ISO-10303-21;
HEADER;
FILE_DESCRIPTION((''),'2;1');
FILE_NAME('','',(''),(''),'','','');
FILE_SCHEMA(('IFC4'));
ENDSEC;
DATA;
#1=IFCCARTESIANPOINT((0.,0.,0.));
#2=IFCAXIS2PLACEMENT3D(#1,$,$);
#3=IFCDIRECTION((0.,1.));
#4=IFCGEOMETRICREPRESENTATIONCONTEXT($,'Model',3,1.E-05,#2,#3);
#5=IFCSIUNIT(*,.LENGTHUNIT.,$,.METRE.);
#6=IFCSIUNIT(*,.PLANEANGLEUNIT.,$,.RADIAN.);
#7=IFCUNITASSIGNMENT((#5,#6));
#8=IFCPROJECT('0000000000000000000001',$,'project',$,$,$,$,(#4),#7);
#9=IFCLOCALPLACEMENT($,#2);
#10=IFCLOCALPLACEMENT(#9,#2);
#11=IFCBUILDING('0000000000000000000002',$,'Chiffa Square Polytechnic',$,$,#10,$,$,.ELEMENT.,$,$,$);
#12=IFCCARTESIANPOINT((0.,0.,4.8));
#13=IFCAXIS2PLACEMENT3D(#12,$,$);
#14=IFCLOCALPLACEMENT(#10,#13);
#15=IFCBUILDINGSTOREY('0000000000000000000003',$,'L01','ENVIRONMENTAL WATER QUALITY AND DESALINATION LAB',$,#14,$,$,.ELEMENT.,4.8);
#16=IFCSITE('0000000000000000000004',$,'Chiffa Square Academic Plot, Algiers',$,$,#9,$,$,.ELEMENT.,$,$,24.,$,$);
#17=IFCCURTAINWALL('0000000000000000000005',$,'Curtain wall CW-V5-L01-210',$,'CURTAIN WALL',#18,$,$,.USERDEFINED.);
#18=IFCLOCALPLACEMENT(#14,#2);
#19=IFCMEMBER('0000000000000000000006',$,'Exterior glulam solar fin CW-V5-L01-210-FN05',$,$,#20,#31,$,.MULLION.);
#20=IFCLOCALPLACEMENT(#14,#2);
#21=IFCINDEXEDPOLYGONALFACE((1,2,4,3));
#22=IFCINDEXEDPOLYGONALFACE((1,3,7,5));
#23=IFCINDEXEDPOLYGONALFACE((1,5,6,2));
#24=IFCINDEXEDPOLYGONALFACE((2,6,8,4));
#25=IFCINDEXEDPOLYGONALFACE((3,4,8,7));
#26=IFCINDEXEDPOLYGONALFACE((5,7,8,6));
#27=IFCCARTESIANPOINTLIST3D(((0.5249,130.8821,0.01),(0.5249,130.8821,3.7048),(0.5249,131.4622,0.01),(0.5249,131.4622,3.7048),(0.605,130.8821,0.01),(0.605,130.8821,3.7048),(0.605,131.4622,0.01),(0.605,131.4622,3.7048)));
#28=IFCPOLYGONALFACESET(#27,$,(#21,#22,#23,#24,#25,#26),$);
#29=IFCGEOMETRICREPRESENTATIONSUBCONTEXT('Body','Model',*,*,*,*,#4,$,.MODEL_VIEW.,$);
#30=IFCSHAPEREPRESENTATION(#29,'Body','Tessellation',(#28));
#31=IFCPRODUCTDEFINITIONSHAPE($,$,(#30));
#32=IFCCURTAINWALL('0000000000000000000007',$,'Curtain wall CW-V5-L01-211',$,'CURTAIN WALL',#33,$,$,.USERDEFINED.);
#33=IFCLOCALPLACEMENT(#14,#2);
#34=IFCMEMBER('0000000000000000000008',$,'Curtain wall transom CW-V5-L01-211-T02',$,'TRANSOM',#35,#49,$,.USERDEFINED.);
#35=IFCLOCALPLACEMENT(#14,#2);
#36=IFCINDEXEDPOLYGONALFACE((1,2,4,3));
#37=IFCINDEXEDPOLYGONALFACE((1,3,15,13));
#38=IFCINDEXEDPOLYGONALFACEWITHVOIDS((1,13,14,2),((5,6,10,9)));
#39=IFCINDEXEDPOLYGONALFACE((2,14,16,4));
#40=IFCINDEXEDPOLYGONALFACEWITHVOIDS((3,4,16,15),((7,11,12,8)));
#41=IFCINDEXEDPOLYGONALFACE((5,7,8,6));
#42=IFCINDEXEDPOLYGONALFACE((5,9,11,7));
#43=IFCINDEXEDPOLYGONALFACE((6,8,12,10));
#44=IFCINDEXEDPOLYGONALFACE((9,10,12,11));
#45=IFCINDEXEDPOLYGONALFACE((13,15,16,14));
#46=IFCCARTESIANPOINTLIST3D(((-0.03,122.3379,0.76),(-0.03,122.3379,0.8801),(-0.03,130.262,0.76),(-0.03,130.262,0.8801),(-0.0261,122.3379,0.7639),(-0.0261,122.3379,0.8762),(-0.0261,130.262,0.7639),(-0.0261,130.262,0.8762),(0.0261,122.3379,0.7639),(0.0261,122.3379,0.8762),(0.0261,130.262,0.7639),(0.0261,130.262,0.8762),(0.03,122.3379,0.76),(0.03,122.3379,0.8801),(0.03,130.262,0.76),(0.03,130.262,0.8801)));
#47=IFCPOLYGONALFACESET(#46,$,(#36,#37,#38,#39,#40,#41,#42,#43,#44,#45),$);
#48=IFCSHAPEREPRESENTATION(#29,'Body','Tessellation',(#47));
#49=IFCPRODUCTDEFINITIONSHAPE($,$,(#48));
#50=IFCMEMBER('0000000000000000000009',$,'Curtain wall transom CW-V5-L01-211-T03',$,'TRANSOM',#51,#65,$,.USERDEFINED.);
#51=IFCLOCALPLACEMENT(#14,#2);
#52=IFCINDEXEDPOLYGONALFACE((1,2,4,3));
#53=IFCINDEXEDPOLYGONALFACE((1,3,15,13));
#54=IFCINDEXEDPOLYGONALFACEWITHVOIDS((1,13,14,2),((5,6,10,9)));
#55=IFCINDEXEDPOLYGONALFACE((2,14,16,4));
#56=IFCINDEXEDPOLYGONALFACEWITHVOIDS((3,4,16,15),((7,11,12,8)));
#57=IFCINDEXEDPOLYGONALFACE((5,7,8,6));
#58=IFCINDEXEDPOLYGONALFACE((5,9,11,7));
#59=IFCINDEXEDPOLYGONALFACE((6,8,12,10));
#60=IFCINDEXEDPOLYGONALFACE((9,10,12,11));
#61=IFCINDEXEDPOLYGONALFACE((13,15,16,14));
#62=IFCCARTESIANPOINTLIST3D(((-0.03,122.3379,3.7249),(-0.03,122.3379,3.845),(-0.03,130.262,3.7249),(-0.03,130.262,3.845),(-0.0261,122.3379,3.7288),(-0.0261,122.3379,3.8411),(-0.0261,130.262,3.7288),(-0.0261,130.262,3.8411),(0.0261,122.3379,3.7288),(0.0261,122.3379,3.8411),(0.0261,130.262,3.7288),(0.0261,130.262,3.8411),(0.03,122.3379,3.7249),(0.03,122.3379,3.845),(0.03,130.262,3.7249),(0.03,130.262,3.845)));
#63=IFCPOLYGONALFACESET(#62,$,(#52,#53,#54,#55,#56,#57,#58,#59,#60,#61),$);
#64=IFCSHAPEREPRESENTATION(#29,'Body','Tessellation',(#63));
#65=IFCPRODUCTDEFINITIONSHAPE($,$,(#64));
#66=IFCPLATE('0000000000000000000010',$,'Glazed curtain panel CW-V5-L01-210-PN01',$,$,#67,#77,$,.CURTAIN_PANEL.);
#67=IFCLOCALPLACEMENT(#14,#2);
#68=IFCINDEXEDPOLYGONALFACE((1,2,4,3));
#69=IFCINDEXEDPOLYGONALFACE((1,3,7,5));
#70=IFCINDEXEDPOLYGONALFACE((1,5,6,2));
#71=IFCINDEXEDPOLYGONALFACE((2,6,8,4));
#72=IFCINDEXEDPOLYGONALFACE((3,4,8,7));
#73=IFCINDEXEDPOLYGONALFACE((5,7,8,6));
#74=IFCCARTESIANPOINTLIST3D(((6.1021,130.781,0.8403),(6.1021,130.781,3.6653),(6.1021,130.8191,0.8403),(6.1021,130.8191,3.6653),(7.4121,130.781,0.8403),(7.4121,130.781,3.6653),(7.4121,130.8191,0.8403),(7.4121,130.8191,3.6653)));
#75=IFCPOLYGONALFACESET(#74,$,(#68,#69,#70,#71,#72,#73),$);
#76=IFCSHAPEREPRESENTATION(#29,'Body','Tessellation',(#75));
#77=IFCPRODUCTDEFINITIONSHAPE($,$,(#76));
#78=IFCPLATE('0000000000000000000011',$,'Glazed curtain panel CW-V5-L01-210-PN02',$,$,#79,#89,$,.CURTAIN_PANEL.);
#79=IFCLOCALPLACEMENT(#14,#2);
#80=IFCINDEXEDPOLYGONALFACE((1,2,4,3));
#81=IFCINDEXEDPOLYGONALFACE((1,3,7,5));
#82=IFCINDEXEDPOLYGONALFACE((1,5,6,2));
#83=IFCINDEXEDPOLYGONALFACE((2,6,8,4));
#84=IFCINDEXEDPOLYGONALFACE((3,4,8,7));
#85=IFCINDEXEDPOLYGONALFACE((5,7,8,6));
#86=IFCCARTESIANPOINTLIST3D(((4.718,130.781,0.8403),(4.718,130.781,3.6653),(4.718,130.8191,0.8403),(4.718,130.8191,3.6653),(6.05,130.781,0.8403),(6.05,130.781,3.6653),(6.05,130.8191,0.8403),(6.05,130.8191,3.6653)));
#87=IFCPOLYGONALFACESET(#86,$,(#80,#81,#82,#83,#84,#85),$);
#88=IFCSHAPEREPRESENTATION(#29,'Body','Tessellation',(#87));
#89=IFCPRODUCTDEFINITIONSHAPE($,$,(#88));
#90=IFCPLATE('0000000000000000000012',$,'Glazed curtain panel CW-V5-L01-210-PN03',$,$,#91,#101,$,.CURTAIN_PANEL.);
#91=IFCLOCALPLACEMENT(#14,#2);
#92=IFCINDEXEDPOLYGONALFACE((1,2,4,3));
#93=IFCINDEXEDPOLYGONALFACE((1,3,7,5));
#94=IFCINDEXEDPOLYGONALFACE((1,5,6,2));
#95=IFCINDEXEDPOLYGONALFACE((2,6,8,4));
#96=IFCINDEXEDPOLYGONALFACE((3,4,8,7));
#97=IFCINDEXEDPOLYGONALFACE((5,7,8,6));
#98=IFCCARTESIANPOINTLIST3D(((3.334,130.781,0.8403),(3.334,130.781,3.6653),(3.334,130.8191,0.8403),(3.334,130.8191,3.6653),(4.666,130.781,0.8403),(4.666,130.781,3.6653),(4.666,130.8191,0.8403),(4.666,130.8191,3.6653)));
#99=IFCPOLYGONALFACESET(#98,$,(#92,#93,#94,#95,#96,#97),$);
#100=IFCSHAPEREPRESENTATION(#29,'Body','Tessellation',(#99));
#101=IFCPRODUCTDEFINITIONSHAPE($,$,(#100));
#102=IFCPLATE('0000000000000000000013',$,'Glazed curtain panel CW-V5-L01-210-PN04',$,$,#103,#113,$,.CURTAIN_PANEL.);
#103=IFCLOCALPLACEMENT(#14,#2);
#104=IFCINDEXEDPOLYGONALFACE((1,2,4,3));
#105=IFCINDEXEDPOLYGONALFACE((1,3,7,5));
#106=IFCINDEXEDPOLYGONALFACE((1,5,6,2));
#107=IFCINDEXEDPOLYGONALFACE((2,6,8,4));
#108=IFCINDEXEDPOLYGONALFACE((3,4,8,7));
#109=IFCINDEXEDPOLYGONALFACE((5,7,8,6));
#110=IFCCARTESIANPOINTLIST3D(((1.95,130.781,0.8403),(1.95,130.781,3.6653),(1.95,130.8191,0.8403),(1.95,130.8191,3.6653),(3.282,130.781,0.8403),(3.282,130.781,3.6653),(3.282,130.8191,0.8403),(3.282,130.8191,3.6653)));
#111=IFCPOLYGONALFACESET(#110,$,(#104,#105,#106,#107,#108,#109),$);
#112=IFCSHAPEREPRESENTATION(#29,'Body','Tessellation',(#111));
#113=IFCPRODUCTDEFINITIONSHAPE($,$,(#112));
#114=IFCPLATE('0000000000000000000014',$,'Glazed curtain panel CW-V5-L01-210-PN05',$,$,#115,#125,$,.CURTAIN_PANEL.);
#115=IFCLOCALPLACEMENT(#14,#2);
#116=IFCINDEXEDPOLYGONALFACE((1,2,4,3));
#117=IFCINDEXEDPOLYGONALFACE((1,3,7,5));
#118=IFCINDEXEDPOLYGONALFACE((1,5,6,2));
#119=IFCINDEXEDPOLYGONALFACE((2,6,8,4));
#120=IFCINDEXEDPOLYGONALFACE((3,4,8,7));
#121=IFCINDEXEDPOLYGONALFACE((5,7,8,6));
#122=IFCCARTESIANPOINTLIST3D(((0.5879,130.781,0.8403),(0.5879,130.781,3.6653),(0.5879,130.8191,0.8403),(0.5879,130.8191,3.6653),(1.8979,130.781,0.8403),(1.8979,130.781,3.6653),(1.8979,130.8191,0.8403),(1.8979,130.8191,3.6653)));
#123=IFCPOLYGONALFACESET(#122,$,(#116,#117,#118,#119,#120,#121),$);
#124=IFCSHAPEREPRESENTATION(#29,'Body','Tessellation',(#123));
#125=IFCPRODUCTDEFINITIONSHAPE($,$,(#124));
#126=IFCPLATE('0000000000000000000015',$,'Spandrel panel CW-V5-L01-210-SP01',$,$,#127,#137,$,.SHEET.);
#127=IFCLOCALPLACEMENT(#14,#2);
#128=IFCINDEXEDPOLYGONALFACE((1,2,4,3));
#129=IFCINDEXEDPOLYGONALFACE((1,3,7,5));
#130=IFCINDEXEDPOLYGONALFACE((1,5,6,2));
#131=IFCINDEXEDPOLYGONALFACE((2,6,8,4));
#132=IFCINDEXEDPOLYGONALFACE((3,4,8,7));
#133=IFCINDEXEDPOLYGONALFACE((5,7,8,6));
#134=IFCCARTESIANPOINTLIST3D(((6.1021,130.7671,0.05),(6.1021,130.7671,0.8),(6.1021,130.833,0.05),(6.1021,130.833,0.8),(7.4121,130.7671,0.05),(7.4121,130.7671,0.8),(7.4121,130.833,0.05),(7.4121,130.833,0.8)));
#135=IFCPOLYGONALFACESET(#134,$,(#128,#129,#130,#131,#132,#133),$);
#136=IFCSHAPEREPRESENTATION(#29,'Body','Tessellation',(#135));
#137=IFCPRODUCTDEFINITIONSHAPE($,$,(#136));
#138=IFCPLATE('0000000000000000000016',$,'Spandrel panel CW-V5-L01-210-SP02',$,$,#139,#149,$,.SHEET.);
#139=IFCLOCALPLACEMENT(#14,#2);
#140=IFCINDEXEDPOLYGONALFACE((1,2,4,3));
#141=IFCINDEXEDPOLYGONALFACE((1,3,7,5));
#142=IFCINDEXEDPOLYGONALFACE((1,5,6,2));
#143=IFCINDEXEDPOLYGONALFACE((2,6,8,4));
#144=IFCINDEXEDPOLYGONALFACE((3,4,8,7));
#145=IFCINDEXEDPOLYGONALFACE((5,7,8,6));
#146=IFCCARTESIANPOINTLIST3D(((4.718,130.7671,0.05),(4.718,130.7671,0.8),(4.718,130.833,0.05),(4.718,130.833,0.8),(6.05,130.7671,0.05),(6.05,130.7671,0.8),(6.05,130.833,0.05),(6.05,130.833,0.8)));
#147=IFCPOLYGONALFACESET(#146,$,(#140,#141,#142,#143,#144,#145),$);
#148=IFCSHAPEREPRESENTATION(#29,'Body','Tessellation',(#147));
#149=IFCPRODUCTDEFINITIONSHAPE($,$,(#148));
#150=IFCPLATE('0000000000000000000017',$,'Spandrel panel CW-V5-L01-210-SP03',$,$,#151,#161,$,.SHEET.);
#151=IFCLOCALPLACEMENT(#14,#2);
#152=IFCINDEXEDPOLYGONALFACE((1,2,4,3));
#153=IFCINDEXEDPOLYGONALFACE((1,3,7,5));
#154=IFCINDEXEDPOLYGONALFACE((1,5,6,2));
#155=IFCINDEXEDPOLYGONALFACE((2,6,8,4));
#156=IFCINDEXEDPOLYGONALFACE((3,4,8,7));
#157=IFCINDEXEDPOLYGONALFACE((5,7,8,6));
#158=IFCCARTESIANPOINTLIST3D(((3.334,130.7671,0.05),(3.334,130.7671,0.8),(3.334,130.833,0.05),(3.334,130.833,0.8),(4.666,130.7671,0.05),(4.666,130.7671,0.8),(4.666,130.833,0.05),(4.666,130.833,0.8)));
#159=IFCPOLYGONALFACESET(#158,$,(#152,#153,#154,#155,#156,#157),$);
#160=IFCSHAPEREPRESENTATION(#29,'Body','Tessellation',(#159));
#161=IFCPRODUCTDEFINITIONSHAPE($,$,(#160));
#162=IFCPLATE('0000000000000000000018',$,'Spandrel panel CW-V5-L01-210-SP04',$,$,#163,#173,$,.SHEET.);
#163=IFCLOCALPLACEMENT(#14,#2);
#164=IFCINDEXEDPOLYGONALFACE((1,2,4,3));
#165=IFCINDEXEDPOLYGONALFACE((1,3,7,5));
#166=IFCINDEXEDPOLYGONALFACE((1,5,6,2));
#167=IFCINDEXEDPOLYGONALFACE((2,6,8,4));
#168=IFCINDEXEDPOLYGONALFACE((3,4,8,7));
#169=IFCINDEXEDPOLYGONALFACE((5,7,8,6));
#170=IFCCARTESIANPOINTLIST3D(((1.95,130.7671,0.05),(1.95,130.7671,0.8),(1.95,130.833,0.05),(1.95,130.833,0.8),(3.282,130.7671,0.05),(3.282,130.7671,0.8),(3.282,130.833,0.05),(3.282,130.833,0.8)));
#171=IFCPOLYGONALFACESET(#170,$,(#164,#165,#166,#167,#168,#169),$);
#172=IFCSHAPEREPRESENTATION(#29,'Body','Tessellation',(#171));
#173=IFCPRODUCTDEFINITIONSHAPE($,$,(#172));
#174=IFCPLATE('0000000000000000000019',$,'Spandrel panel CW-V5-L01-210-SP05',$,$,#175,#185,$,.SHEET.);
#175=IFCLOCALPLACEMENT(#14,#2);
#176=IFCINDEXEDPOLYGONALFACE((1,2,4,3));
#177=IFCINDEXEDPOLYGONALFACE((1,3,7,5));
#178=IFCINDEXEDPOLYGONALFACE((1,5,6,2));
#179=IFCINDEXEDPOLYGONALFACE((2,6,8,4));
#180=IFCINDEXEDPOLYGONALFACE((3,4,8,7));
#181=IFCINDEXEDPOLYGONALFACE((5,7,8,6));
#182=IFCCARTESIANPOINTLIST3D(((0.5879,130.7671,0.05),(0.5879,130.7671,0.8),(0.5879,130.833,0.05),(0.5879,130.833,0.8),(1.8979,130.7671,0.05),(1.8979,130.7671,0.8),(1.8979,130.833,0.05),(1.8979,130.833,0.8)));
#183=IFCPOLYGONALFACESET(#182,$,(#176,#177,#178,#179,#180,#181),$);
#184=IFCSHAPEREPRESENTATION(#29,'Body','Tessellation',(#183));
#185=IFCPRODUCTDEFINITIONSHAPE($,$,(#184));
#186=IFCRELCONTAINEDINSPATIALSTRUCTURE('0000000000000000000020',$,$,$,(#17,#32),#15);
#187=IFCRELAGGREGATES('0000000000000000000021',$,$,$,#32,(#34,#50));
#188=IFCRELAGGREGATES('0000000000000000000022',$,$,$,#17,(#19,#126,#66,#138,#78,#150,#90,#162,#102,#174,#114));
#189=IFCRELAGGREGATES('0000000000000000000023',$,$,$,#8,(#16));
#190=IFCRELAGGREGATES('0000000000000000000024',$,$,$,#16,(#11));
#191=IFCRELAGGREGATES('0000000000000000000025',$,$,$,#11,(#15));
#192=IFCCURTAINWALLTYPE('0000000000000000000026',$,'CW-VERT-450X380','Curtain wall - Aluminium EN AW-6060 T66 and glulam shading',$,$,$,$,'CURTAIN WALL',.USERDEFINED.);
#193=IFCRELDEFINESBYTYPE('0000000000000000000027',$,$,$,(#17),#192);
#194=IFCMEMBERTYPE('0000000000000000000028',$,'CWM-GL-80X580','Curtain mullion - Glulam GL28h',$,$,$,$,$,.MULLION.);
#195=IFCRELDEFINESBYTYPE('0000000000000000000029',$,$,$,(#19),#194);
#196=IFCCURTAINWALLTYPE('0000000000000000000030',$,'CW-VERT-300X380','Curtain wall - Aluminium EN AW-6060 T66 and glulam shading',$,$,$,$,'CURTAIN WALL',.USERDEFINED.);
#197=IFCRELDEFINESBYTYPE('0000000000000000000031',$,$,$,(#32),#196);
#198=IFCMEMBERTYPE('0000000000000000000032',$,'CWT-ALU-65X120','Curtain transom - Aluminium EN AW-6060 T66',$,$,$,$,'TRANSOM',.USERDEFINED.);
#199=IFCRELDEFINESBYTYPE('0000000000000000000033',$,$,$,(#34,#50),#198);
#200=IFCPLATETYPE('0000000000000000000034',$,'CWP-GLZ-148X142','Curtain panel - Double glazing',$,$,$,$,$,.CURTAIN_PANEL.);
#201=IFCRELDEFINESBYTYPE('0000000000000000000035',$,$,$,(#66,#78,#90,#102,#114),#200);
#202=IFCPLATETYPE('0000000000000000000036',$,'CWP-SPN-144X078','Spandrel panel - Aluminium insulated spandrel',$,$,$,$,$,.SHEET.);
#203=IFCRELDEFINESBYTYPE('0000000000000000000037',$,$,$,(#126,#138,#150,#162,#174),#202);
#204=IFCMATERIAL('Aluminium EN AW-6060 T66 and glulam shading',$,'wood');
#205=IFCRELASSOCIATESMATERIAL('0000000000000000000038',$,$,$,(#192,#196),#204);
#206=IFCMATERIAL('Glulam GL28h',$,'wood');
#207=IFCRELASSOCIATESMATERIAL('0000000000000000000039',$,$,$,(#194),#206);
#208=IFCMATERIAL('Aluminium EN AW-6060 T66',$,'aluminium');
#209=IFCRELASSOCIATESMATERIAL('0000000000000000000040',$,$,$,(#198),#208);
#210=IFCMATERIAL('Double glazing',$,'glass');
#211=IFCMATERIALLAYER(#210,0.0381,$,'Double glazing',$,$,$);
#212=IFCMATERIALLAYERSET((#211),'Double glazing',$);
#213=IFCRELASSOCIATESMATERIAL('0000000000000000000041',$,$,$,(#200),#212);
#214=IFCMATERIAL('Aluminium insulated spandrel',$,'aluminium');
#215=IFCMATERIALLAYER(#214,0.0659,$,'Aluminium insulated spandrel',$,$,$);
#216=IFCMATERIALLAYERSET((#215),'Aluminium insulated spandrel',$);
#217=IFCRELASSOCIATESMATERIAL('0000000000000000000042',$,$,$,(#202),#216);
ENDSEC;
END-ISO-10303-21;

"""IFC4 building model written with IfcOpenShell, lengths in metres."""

from ifc_helpers import new_model, si_unit, direction, frame, origin, origin_2d, place, context, subcontext, project, spatial, rectangle, hollow_rectangle, extrude, material, layer, layer_set, material_profile, profile_set, type_object, element, aggregate, save


model = new_model("IFC4")

# Units and contexts
model_context = context("Model", 3, precision=1e-05, world=origin(), true_north=direction((0.0, 1.0)))
body_context = subcontext(model_context, "Body", "Model", "MODEL_VIEW")
ifc_project = project(units=[si_unit("LENGTHUNIT", "METRE"), si_unit("PLANEANGLEUNIT", "RADIAN")], contexts=[model_context])

# Site, building, storey
site_placement = place(None, origin())
site = spatial("IfcSite", under=ifc_project, at=site_placement, Name="Chiffa Square Academic Plot, Algiers", CompositionType="ELEMENT", RefElevation=24.0)
building_placement = place(site_placement, origin())
building = spatial("IfcBuilding", under=site, at=building_placement, Name="Chiffa Square Polytechnic", CompositionType="ELEMENT")
storey_placement = place(building_placement, frame((0.0, 0.0, 4.8)))
storey = spatial("IfcBuildingStorey", under=building, at=storey_placement, Name="L01", Description="ENVIRONMENTAL WATER QUALITY AND DESALINATION LAB", CompositionType="ELEMENT", Elevation=4.8)

# Curtain walls, members
ifc_material_1 = material(Name="Aluminium EN AW-6060 T66 and glulam shading", Category="wood")
curtain_wall_type_1 = type_object("IfcCurtainWallType", Name="CW-VERT-450X380", Description="Curtain wall - Aluminium EN AW-6060 T66 and glulam shading", ElementType="CURTAIN WALL", PredefinedType="USERDEFINED", material=ifc_material_1)
curtain_wall_1_placement = place(storey_placement, origin())
curtain_wall_1 = element("IfcCurtainWall", 1, at=curtain_wall_1_placement, inside=storey, type_object=curtain_wall_type_1, Name="Curtain wall CW-V5-L01-210", ObjectType="CURTAIN WALL", PredefinedType="USERDEFINED")
ifc_material_2 = material(Name="Aluminium EN AW-6060 T66", Category="aluminium")
ifc_material_3 = material(Name="Glulam GL28h", Category="wood")
ifc_material_profile_1 = material_profile(ifc_material_3, rectangle(XDim=0.0801, YDim=0.5801, at=origin_2d()), Name="GL28h 80x580")
ifc_profile_set_1 = profile_set([ifc_material_profile_1], Name="Glulam GL28h")
member_type_1 = type_object("IfcMemberType", Name="CWM-GL-80X580", Description="Curtain mullion - Glulam GL28h", PredefinedType="MULLION", material=ifc_profile_set_1)
member_1_placement = place(storey_placement, frame((0.5649, 131.1721, 0.01), z_axis=(0.0, 0.0, 1.0), x_axis=(-1.0, 0.0, 0.0)))
member_1 = element("IfcMember", 2, at=member_1_placement, type_object=member_type_1, Name="Exterior glulam solar fin CW-V5-L01-210-FN05", PredefinedType="MULLION", context=body_context, shape_type="SweptSolid", body=[
    extrude(rectangle(XDim=0.0801, YDim=0.5801, at=origin_2d()), origin(), (0.0, 0.0, 1.0), 3.6948),
])
curtain_wall_type_2 = type_object("IfcCurtainWallType", Name="CW-VERT-300X380", Description="Curtain wall - Aluminium EN AW-6060 T66 and glulam shading", ElementType="CURTAIN WALL", PredefinedType="USERDEFINED", material=ifc_material_1)
curtain_wall_2_placement = place(storey_placement, origin())
curtain_wall_2 = element("IfcCurtainWall", 3, at=curtain_wall_2_placement, inside=storey, type_object=curtain_wall_type_2, Name="Curtain wall CW-V5-L01-211", ObjectType="CURTAIN WALL", PredefinedType="USERDEFINED")
ifc_material_profile_2 = material_profile(ifc_material_2, hollow_rectangle(XDim=0.0601, YDim=0.1201, WallThickness=0.0039, at=origin_2d()), Name="ALU 60x120x4")
ifc_profile_set_2 = profile_set([ifc_material_profile_2], Name="Aluminium EN AW-6060 T66")
member_type_2 = type_object("IfcMemberType", Name="CWT-ALU-65X120", Description="Curtain transom - Aluminium EN AW-6060 T66", ElementType="TRANSOM", PredefinedType="USERDEFINED", material=ifc_profile_set_2)
member_2_placement = place(storey_placement, frame((0.0, 130.262, 0.8201), z_axis=(0.0, -1.0, 0.0), x_axis=(1.0, 0.0, 0.0)))
member_2 = element("IfcMember", 4, at=member_2_placement, type_object=member_type_2, Name="Curtain wall transom CW-V5-L01-211-T02", ObjectType="TRANSOM", PredefinedType="USERDEFINED", context=body_context, shape_type="SweptSolid", body=[
    extrude(hollow_rectangle(XDim=0.0601, YDim=0.1201, WallThickness=0.0039, at=origin_2d()), origin(), (0.0, 0.0, 1.0), 7.9241),
])
member_3_placement = place(storey_placement, frame((0.0, 130.262, 3.7849), z_axis=(0.0, -1.0, 0.0), x_axis=(1.0, 0.0, 0.0)))
member_3 = element("IfcMember", 5, at=member_3_placement, type_object=member_type_2, Name="Curtain wall transom CW-V5-L01-211-T03", ObjectType="TRANSOM", PredefinedType="USERDEFINED", context=body_context, shape_type="SweptSolid", body=[
    extrude(hollow_rectangle(XDim=0.0601, YDim=0.1201, WallThickness=0.0039, at=origin_2d()), origin(), (0.0, 0.0, 1.0), 7.9241),
])
aggregate(curtain_wall_2, [member_2, member_3])

# Plates
ifc_material_4 = material(Name="Double glazing", Category="glass")
ifc_layer_1 = layer(ifc_material_4, 0.0381, Name="Double glazing")
ifc_layer_set_1 = layer_set([ifc_layer_1], Name="Double glazing")
plate_type_1 = type_object("IfcPlateType", Name="CWP-GLZ-148X142", Description="Curtain panel - Double glazing", PredefinedType="CURTAIN_PANEL", material=ifc_layer_set_1)
plate_1_placement = place(storey_placement, frame((6.7571, 130.8, 0.8403), z_axis=(0.0, 0.0, 1.0), x_axis=(-1.0, 0.0, 0.0)))
plate_1 = element("IfcPlate", 6, at=plate_1_placement, type_object=plate_type_1, Name="Glazed curtain panel CW-V5-L01-210-PN01", PredefinedType="CURTAIN_PANEL", context=body_context, shape_type="SweptSolid", body=[
    extrude(rectangle(XDim=1.3101, YDim=0.0381, at=origin_2d()), origin(), (0.0, 0.0, 1.0), 2.825),
])
plate_2_placement = place(storey_placement, frame((5.384, 130.8, 0.8403), z_axis=(0.0, 0.0, 1.0), x_axis=(-1.0, 0.0, 0.0)))
plate_2 = element("IfcPlate", 7, at=plate_2_placement, type_object=plate_type_1, Name="Glazed curtain panel CW-V5-L01-210-PN02", PredefinedType="CURTAIN_PANEL", context=body_context, shape_type="SweptSolid", body=[
    extrude(rectangle(XDim=1.332, YDim=0.0381, at=origin_2d()), origin(), (0.0, 0.0, 1.0), 2.825),
])
plate_3_placement = place(storey_placement, frame((4.0, 130.8, 0.8403), z_axis=(0.0, 0.0, 1.0), x_axis=(-1.0, 0.0, 0.0)))
plate_3 = element("IfcPlate", 8, at=plate_3_placement, type_object=plate_type_1, Name="Glazed curtain panel CW-V5-L01-210-PN03", PredefinedType="CURTAIN_PANEL", context=body_context, shape_type="SweptSolid", body=[
    extrude(rectangle(XDim=1.332, YDim=0.0381, at=origin_2d()), origin(), (0.0, 0.0, 1.0), 2.825),
])
plate_4_placement = place(storey_placement, frame((2.616, 130.8, 0.8403), z_axis=(0.0, 0.0, 1.0), x_axis=(-1.0, 0.0, 0.0)))
plate_4 = element("IfcPlate", 9, at=plate_4_placement, type_object=plate_type_1, Name="Glazed curtain panel CW-V5-L01-210-PN04", PredefinedType="CURTAIN_PANEL", context=body_context, shape_type="SweptSolid", body=[
    extrude(rectangle(XDim=1.332, YDim=0.0381, at=origin_2d()), origin(), (0.0, 0.0, 1.0), 2.825),
])
plate_5_placement = place(storey_placement, frame((1.2429, 130.8, 0.8403), z_axis=(0.0, 0.0, 1.0), x_axis=(-1.0, 0.0, 0.0)))
plate_5 = element("IfcPlate", 10, at=plate_5_placement, type_object=plate_type_1, Name="Glazed curtain panel CW-V5-L01-210-PN05", PredefinedType="CURTAIN_PANEL", context=body_context, shape_type="SweptSolid", body=[
    extrude(rectangle(XDim=1.3101, YDim=0.0381, at=origin_2d()), origin(), (0.0, 0.0, 1.0), 2.825),
])
ifc_material_5 = material(Name="Aluminium insulated spandrel", Category="aluminium")
ifc_layer_2 = layer(ifc_material_5, 0.0659, Name="Aluminium insulated spandrel")
ifc_layer_set_2 = layer_set([ifc_layer_2], Name="Aluminium insulated spandrel")
plate_type_2 = type_object("IfcPlateType", Name="CWP-SPN-144X078", Description="Spandrel panel - Aluminium insulated spandrel", PredefinedType="SHEET", material=ifc_layer_set_2)
plate_6_placement = place(storey_placement, frame((6.7571, 130.8, 0.05), z_axis=(0.0, 0.0, 1.0), x_axis=(-1.0, 0.0, 0.0)))
plate_6 = element("IfcPlate", 11, at=plate_6_placement, type_object=plate_type_2, Name="Spandrel panel CW-V5-L01-210-SP01", PredefinedType="SHEET", context=body_context, shape_type="SweptSolid", body=[
    extrude(rectangle(XDim=1.3101, YDim=0.0659, at=origin_2d()), origin(), (0.0, 0.0, 1.0), 0.75),
])
plate_7_placement = place(storey_placement, frame((5.384, 130.8, 0.05), z_axis=(0.0, 0.0, 1.0), x_axis=(-1.0, 0.0, 0.0)))
plate_7 = element("IfcPlate", 12, at=plate_7_placement, type_object=plate_type_2, Name="Spandrel panel CW-V5-L01-210-SP02", PredefinedType="SHEET", context=body_context, shape_type="SweptSolid", body=[
    extrude(rectangle(XDim=1.332, YDim=0.0659, at=origin_2d()), origin(), (0.0, 0.0, 1.0), 0.75),
])
plate_8_placement = place(storey_placement, frame((4.0, 130.8, 0.05), z_axis=(0.0, 0.0, 1.0), x_axis=(-1.0, 0.0, 0.0)))
plate_8 = element("IfcPlate", 13, at=plate_8_placement, type_object=plate_type_2, Name="Spandrel panel CW-V5-L01-210-SP03", PredefinedType="SHEET", context=body_context, shape_type="SweptSolid", body=[
    extrude(rectangle(XDim=1.332, YDim=0.0659, at=origin_2d()), origin(), (0.0, 0.0, 1.0), 0.75),
])
plate_9_placement = place(storey_placement, frame((2.616, 130.8, 0.05), z_axis=(0.0, 0.0, 1.0), x_axis=(-1.0, 0.0, 0.0)))
plate_9 = element("IfcPlate", 14, at=plate_9_placement, type_object=plate_type_2, Name="Spandrel panel CW-V5-L01-210-SP04", PredefinedType="SHEET", context=body_context, shape_type="SweptSolid", body=[
    extrude(rectangle(XDim=1.332, YDim=0.0659, at=origin_2d()), origin(), (0.0, 0.0, 1.0), 0.75),
])
plate_10_placement = place(storey_placement, frame((1.2429, 130.8, 0.05), z_axis=(0.0, 0.0, 1.0), x_axis=(-1.0, 0.0, 0.0)))
plate_10 = element("IfcPlate", 15, at=plate_10_placement, type_object=plate_type_2, Name="Spandrel panel CW-V5-L01-210-SP05", PredefinedType="SHEET", context=body_context, shape_type="SweptSolid", body=[
    extrude(rectangle(XDim=1.3101, YDim=0.0659, at=origin_2d()), origin(), (0.0, 0.0, 1.0), 0.75),
])
aggregate(curtain_wall_1, [member_1, plate_6, plate_1, plate_7, plate_2, plate_8, plate_3, plate_9, plate_4, plate_10, plate_5])

save(model, "model.ifc")
